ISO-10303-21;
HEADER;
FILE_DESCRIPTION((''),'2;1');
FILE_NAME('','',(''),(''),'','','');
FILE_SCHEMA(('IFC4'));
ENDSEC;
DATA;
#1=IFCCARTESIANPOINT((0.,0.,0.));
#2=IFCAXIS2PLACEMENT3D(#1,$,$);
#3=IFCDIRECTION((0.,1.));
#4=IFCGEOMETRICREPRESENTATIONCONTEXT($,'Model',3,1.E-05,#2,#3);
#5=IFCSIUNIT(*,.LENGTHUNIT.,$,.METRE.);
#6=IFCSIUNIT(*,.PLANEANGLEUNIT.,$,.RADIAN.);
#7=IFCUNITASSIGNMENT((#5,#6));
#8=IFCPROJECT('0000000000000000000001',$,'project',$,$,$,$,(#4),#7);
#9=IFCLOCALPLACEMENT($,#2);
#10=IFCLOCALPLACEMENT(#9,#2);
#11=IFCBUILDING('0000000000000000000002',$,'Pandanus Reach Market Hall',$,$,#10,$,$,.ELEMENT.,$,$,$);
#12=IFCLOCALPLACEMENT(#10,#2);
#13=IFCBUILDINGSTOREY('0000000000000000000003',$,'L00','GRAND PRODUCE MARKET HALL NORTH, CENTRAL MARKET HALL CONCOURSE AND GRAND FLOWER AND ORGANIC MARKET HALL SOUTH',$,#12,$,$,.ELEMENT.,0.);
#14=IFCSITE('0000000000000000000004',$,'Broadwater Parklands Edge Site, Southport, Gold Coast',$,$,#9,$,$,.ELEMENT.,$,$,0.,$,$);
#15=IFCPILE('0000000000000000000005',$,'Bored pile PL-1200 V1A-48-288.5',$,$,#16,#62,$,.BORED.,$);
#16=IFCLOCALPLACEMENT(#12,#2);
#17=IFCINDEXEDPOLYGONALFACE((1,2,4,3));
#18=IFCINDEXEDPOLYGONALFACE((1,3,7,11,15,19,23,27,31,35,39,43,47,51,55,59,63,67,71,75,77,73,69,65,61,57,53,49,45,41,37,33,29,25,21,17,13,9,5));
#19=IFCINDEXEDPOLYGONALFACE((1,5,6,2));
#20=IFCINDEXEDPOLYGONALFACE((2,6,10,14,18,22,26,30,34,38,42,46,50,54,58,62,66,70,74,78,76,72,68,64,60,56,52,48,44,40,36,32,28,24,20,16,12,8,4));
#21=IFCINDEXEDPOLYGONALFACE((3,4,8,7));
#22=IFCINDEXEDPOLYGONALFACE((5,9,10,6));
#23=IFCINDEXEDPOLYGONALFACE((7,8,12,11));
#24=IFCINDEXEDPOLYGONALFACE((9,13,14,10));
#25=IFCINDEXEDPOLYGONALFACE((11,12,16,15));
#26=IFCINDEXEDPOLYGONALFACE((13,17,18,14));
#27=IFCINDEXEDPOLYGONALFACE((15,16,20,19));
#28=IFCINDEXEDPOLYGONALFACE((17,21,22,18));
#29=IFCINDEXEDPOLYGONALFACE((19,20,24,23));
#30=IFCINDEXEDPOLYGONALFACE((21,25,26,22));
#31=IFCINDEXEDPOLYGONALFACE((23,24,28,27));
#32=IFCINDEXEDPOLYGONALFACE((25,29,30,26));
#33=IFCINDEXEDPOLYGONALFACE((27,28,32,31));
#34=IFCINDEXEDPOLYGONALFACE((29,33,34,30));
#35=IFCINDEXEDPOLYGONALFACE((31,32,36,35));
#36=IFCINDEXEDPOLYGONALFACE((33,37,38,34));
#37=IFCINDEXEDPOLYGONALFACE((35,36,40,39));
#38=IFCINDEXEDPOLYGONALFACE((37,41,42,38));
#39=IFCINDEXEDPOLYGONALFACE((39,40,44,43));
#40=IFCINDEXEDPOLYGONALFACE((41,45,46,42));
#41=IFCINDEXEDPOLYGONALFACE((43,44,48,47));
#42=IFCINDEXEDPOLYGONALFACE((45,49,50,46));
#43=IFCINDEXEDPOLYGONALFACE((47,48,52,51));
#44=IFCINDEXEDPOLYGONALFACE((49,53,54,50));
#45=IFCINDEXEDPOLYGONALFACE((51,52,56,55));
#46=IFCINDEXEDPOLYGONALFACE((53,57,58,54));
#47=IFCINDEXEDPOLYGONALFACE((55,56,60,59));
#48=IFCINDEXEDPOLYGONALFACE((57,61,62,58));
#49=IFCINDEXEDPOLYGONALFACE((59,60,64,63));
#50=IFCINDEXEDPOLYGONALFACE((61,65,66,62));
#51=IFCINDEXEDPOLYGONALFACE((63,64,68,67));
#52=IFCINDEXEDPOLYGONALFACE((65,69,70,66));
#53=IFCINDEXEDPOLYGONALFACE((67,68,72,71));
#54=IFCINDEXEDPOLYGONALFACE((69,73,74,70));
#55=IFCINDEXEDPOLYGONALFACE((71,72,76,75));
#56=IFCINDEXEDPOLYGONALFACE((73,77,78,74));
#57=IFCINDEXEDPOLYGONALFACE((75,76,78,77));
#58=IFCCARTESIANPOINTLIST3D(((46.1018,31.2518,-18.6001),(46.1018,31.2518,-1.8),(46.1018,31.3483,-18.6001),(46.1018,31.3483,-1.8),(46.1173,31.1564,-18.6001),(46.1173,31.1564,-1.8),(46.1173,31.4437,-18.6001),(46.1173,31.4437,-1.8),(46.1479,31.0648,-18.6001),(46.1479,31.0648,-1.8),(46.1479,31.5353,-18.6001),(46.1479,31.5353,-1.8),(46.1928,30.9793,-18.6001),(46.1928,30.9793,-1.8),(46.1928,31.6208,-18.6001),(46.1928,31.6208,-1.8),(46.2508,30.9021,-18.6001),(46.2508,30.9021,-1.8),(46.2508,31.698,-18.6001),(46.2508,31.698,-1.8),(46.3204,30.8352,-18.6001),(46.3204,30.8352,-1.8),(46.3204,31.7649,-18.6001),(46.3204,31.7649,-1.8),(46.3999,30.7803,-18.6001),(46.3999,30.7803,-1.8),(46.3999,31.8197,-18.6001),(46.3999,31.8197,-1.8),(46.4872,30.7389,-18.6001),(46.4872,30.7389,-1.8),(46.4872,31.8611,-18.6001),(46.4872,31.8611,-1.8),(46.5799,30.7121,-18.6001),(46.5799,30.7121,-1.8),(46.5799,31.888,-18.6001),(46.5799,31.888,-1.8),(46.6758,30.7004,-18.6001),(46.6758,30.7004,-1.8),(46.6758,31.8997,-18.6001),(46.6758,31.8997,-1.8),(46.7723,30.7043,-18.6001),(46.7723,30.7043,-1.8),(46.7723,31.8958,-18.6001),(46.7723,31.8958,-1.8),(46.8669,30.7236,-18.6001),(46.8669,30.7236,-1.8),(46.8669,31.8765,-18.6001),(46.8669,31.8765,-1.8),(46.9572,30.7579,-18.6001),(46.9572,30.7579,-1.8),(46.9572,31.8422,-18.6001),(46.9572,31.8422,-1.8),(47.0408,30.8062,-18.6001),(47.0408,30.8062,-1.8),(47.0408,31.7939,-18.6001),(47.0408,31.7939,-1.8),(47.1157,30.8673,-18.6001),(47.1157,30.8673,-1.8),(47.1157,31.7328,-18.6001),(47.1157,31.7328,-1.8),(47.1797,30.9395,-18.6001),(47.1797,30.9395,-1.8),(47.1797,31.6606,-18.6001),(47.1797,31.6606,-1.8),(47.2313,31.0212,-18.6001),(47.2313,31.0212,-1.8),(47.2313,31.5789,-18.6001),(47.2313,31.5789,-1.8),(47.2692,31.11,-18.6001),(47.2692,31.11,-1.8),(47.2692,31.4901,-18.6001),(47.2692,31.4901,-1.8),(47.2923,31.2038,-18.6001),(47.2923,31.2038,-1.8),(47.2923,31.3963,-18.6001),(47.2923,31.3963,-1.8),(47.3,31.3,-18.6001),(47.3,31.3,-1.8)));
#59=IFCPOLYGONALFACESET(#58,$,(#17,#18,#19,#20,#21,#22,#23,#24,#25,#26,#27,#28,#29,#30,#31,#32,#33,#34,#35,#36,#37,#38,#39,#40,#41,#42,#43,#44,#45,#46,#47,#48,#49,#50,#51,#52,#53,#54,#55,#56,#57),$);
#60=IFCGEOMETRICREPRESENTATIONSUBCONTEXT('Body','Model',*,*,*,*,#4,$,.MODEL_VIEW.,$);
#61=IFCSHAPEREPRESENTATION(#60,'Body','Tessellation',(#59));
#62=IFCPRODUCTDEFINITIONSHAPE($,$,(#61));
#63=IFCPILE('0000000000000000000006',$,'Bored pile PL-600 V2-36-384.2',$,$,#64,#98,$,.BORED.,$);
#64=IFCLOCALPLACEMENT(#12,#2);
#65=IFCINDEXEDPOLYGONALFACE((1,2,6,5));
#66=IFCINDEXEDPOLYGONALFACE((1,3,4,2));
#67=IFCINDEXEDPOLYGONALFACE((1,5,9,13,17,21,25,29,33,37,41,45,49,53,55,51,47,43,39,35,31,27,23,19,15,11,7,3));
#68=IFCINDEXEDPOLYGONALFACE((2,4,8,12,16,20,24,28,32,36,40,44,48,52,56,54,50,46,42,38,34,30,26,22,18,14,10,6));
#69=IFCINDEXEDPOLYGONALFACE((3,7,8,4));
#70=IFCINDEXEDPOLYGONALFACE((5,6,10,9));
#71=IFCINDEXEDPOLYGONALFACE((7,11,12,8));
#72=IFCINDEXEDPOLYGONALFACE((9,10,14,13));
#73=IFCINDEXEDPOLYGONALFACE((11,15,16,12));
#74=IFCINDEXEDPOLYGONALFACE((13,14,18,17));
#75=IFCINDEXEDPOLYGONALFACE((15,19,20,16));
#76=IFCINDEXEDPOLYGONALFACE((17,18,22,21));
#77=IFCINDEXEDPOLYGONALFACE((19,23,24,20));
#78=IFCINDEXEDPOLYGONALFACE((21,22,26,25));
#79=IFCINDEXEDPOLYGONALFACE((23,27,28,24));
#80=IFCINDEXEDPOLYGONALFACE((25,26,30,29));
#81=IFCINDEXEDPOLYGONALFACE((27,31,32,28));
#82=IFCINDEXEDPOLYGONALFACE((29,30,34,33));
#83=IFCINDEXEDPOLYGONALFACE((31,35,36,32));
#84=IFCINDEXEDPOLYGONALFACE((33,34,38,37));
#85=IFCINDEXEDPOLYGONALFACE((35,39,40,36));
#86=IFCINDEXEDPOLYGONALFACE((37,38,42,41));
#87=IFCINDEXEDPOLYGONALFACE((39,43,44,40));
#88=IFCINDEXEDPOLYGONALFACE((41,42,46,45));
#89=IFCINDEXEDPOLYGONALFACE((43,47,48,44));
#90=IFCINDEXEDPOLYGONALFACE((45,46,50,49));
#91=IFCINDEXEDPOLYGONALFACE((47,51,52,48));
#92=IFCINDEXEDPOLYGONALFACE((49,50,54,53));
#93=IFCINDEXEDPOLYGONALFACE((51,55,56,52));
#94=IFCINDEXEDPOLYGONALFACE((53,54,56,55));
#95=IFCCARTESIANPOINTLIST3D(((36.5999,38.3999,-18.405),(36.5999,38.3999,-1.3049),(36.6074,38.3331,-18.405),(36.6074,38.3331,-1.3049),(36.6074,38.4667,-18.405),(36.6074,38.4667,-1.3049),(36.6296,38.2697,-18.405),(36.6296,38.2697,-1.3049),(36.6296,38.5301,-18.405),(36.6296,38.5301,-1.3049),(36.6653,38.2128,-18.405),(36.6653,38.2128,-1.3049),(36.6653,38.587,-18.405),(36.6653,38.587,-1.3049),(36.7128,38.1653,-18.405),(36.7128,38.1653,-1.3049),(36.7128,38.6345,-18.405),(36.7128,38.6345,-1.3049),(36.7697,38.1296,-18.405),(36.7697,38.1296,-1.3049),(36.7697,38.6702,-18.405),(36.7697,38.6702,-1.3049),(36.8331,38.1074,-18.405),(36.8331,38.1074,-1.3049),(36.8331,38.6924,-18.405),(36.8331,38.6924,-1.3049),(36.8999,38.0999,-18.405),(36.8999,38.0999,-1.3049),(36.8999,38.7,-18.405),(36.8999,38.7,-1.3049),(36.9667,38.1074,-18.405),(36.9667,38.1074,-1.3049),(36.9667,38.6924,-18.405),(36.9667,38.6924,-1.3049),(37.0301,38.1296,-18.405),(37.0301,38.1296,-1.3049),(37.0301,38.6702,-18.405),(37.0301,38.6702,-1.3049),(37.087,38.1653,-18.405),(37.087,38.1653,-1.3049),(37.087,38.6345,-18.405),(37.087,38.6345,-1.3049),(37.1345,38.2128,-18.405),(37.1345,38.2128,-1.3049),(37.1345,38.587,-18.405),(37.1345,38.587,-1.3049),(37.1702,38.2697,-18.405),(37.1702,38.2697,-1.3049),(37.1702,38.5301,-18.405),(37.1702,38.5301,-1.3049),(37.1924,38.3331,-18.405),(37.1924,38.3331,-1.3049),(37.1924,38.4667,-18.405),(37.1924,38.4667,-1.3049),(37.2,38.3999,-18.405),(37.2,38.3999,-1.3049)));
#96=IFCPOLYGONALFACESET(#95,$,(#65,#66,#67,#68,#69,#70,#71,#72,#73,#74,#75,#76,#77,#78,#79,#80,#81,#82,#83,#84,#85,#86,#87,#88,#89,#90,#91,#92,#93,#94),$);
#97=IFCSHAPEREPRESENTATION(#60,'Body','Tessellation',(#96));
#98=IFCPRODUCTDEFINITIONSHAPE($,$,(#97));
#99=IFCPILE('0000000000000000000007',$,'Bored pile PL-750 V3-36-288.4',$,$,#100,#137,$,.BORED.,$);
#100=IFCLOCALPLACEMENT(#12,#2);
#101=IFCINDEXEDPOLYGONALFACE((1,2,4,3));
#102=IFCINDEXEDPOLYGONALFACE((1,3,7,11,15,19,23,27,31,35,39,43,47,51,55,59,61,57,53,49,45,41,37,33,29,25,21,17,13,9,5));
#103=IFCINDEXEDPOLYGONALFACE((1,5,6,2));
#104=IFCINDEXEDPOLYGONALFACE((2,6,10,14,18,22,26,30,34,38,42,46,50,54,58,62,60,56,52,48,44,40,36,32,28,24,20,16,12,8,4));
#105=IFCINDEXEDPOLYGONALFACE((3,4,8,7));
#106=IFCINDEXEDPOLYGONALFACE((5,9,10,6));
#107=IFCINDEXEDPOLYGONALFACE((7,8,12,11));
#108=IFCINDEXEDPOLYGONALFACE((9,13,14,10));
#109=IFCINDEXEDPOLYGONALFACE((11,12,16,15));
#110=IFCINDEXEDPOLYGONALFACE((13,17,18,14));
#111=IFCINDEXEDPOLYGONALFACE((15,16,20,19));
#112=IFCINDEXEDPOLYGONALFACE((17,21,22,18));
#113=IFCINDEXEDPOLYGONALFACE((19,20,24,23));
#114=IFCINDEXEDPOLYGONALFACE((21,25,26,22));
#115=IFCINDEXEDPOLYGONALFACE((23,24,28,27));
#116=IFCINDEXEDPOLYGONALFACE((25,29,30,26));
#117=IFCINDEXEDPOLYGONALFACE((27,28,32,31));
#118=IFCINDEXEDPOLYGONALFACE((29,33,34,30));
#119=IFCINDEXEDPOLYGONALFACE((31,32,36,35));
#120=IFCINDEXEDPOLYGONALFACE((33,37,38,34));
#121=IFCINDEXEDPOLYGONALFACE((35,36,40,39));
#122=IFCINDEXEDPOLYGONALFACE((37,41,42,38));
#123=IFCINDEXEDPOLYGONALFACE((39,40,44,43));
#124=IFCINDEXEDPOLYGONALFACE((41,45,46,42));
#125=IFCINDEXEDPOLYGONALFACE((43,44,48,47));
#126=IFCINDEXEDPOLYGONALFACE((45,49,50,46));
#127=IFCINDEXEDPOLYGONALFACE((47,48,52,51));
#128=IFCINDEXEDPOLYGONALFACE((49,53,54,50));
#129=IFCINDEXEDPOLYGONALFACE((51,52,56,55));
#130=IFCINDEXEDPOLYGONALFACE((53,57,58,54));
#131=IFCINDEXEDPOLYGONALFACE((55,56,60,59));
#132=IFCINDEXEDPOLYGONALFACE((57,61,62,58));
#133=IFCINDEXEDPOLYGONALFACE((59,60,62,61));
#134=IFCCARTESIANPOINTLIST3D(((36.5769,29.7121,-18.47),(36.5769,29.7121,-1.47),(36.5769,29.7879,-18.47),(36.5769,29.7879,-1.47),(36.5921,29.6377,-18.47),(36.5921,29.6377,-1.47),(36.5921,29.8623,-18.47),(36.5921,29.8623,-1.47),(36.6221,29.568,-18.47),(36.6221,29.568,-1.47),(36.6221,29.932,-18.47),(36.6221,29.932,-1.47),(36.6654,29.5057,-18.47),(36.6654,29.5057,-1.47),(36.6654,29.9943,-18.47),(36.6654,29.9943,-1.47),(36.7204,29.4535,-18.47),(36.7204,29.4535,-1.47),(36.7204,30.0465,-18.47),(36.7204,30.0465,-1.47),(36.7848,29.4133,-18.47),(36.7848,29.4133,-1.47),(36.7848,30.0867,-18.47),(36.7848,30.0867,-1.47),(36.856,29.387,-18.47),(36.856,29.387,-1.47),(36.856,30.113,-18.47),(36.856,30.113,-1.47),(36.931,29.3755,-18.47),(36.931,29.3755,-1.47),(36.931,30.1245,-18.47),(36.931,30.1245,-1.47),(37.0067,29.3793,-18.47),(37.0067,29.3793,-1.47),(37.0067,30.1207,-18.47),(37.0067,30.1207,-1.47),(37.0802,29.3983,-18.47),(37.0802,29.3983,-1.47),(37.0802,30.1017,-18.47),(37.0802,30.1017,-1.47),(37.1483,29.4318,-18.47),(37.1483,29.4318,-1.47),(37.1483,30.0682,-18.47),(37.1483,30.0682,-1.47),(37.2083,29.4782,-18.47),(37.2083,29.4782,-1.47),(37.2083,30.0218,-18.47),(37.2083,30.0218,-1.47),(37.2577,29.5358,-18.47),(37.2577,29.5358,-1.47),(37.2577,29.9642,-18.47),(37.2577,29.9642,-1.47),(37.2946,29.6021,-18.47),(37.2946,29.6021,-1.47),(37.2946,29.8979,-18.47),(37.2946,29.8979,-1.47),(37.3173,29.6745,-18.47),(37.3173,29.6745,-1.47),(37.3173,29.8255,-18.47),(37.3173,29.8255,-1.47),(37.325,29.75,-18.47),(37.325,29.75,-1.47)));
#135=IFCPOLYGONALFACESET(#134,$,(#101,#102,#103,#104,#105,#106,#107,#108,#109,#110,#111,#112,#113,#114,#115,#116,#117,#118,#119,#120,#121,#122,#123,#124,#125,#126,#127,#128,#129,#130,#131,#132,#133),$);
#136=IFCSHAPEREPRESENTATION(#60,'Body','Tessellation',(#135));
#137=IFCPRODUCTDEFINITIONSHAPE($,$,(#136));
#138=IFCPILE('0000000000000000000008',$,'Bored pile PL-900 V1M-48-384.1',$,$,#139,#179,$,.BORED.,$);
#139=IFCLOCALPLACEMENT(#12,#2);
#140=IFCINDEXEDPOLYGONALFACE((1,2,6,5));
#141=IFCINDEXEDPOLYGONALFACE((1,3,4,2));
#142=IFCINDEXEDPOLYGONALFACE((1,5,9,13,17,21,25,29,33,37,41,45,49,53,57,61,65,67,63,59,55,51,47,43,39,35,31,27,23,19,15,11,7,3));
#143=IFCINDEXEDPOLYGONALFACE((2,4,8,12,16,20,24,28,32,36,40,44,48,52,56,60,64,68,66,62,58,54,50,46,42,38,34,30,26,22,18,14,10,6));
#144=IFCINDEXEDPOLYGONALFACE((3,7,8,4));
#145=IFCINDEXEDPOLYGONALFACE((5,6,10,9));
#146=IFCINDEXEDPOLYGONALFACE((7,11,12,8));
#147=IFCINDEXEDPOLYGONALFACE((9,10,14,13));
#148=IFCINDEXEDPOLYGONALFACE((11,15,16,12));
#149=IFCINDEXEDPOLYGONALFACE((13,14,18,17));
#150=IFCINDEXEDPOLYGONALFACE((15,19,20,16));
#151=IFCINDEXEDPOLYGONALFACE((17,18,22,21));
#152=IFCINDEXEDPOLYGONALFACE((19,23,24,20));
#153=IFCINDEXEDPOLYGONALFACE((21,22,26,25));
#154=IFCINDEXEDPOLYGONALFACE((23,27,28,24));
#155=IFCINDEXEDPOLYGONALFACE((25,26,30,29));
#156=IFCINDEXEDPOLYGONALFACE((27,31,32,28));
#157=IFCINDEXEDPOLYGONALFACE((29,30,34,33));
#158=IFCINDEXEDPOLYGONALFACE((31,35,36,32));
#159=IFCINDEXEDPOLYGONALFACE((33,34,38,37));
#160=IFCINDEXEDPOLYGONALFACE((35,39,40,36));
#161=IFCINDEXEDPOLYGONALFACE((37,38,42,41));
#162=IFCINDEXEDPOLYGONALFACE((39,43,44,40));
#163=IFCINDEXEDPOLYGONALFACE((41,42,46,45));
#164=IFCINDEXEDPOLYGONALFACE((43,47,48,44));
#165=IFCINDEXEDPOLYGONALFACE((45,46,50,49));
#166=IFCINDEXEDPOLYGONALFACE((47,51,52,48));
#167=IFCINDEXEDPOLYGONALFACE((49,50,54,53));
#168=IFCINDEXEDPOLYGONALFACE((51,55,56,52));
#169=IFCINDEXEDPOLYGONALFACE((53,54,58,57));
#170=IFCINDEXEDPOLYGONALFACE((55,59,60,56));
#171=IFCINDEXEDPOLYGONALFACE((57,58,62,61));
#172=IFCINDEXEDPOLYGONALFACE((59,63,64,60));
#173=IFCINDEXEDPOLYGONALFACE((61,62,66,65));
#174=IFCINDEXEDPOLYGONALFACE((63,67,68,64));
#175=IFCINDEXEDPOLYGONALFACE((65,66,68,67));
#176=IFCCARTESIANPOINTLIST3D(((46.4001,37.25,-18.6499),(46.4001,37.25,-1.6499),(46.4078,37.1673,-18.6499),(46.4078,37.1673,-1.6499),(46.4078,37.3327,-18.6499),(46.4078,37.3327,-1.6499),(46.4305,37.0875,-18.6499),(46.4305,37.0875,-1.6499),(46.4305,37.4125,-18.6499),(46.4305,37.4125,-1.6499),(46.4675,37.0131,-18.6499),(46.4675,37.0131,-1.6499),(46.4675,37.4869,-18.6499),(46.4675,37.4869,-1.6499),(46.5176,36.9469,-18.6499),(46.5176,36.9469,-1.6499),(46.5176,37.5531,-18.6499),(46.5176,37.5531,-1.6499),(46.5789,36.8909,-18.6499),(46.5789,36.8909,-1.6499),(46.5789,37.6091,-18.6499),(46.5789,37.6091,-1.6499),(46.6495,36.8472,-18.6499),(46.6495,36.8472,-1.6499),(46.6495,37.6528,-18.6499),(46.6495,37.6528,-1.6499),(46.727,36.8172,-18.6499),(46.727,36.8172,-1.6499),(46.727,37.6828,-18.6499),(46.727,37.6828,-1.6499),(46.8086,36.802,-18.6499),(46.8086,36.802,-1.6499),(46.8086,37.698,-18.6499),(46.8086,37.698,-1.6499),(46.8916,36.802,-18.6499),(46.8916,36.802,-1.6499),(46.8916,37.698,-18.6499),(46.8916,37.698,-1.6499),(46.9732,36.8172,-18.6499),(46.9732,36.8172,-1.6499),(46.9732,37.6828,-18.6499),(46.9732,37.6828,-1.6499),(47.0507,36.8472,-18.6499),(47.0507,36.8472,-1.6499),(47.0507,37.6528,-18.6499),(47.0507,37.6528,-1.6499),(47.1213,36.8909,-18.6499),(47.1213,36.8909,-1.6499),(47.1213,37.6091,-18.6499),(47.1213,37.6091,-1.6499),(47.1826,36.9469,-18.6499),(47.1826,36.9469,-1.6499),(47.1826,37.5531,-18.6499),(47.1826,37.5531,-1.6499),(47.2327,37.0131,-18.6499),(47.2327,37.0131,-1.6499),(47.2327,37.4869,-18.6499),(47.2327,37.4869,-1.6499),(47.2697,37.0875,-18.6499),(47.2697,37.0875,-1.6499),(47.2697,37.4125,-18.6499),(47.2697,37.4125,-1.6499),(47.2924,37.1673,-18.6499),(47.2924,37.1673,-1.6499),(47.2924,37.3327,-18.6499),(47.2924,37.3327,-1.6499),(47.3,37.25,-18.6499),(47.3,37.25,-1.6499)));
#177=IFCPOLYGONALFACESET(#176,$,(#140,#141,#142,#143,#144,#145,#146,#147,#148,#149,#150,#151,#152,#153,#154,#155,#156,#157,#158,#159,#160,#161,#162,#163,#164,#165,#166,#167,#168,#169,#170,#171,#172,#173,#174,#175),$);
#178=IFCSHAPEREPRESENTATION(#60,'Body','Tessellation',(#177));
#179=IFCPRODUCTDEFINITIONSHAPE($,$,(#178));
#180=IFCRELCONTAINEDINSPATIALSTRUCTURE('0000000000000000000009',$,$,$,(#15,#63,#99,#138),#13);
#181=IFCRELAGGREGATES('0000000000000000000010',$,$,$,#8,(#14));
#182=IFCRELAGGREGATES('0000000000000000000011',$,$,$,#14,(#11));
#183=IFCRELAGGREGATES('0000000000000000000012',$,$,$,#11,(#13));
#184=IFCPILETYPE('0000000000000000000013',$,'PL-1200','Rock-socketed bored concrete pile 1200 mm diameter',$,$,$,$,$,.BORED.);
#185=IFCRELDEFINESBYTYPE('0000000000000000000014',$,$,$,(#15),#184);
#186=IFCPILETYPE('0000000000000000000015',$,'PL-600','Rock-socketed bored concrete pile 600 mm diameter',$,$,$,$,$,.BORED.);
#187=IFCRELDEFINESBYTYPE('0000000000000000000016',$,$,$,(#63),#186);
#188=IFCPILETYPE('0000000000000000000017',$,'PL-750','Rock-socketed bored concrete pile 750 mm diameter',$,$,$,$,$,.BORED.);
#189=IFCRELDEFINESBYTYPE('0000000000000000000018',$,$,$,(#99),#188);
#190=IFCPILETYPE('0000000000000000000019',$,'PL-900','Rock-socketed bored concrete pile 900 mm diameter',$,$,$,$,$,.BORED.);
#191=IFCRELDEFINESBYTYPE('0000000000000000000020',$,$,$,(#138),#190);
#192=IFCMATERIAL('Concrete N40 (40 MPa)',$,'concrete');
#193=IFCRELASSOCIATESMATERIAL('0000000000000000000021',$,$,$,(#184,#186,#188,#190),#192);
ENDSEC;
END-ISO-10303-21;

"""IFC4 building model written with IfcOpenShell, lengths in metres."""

from ifc_helpers import new_model, si_unit, direction, frame, origin, origin_2d, place, context, subcontext, project, spatial, circle, extrude, material, material_profile, profile_set, type_object, element, save


model = new_model("IFC4")

# Units and contexts
model_context = context("Model", 3, precision=1e-05, world=origin(), true_north=direction((0.0, 1.0)))
body_context = subcontext(model_context, "Body", "Model", "MODEL_VIEW")
ifc_project = project(units=[si_unit("LENGTHUNIT", "METRE"), si_unit("PLANEANGLEUNIT", "RADIAN")], contexts=[model_context])

# Site, building, storey
site_placement = place(None, origin())
site = spatial("IfcSite", under=ifc_project, at=site_placement, Name="Broadwater Parklands Edge Site, Southport, Gold Coast", CompositionType="ELEMENT", RefElevation=0.0)
building_placement = place(site_placement, origin())
building = spatial("IfcBuilding", under=site, at=building_placement, Name="Pandanus Reach Market Hall", CompositionType="ELEMENT")
storey_placement = place(building_placement, origin())
storey = spatial("IfcBuildingStorey", under=building, at=storey_placement, Name="L00", Description="GRAND PRODUCE MARKET HALL NORTH, CENTRAL MARKET HALL CONCOURSE AND GRAND FLOWER AND ORGANIC MARKET HALL SOUTH", CompositionType="ELEMENT", Elevation=0.0)

# Piles
ifc_material_1 = material(Name="Concrete N40 (40 MPa)", Category="concrete")
ifc_material_profile_1 = material_profile(ifc_material_1, circle(Radius=0.6001, at=origin_2d()), Name="PILE-1200D", Category="LoadBearing")
ifc_profile_set_1 = profile_set([ifc_material_profile_1], Name="Concrete N40 (40 MPa)")
pile_type_1 = type_object("IfcPileType", Name="PL-1200", Description="Rock-socketed bored concrete pile 1200 mm diameter", PredefinedType="BORED", material=ifc_profile_set_1)
pile_1_placement = place(storey_placement, frame((46.7, 31.3, -1.8), z_axis=(0.0, 0.0, -1.0), x_axis=(1.0, 0.0, 0.0)))
element("IfcPile", 1, at=pile_1_placement, inside=storey, type_object=pile_type_1, Name="Bored pile PL-1200 V1A-48-288.5", PredefinedType="BORED", context=body_context, shape_type="SweptSolid", body=[
    extrude(circle(Radius=0.6001, at=origin_2d()), origin(), (0.0, 0.0, 1.0), 16.8),
])
ifc_material_profile_2 = material_profile(ifc_material_1, circle(Radius=0.3, at=origin_2d()), Name="PILE-600D", Category="LoadBearing")
ifc_profile_set_2 = profile_set([ifc_material_profile_2], Name="Concrete N40 (40 MPa)")
pile_type_2 = type_object("IfcPileType", Name="PL-600", Description="Rock-socketed bored concrete pile 600 mm diameter", PredefinedType="BORED", material=ifc_profile_set_2)
pile_2_placement = place(storey_placement, frame((36.8999, 38.3999, -1.3049), z_axis=(0.0, 0.0, -1.0), x_axis=(1.0, 0.0, 0.0)))
element("IfcPile", 2, at=pile_2_placement, inside=storey, type_object=pile_type_2, Name="Bored pile PL-600 V2-36-384.2", PredefinedType="BORED", context=body_context, shape_type="SweptSolid", body=[
    extrude(circle(Radius=0.3, at=origin_2d()), origin(), (0.0, 0.0, 1.0), 17.1001),
])
ifc_material_profile_3 = material_profile(ifc_material_1, circle(Radius=0.375, at=origin_2d()), Name="PILE-750D", Category="LoadBearing")
ifc_profile_set_3 = profile_set([ifc_material_profile_3], Name="Concrete N40 (40 MPa)")
pile_type_3 = type_object("IfcPileType", Name="PL-750", Description="Rock-socketed bored concrete pile 750 mm diameter", PredefinedType="BORED", material=ifc_profile_set_3)
pile_3_placement = place(storey_placement, frame((36.95, 29.75, -1.47), z_axis=(0.0, 0.0, -1.0), x_axis=(1.0, 0.0, 0.0)))
element("IfcPile", 3, at=pile_3_placement, inside=storey, type_object=pile_type_3, Name="Bored pile PL-750 V3-36-288.4", PredefinedType="BORED", context=body_context, shape_type="SweptSolid", body=[
    extrude(circle(Radius=0.375, at=origin_2d()), origin(), (0.0, 0.0, 1.0), 17.0),
])
ifc_material_profile_4 = material_profile(ifc_material_1, circle(Radius=0.45, at=origin_2d()), Name="PILE-900D", Category="LoadBearing")
ifc_profile_set_4 = profile_set([ifc_material_profile_4], Name="Concrete N40 (40 MPa)")
pile_type_4 = type_object("IfcPileType", Name="PL-900", Description="Rock-socketed bored concrete pile 900 mm diameter", PredefinedType="BORED", material=ifc_profile_set_4)
for number, where, z_axis, x_axis, name in (
    (4, (46.8501, 37.25, -1.6499), (0.0, 0.0, -1.0), (1.0, 0.0, 0.0), "Bored pile PL-900 V1M-48-384.1"),
):
    element("IfcPile", number, at=place(storey_placement, frame(where, z_axis=z_axis, x_axis=x_axis)), inside=storey, type_object=pile_type_4, Name=name, PredefinedType="BORED", context=body_context, shape_type="SweptSolid", body=[
        extrude(circle(Radius=0.45, at=origin_2d()), origin(), (0.0, 0.0, 1.0), 17.0),
    ])

save(model, "model.ifc")
